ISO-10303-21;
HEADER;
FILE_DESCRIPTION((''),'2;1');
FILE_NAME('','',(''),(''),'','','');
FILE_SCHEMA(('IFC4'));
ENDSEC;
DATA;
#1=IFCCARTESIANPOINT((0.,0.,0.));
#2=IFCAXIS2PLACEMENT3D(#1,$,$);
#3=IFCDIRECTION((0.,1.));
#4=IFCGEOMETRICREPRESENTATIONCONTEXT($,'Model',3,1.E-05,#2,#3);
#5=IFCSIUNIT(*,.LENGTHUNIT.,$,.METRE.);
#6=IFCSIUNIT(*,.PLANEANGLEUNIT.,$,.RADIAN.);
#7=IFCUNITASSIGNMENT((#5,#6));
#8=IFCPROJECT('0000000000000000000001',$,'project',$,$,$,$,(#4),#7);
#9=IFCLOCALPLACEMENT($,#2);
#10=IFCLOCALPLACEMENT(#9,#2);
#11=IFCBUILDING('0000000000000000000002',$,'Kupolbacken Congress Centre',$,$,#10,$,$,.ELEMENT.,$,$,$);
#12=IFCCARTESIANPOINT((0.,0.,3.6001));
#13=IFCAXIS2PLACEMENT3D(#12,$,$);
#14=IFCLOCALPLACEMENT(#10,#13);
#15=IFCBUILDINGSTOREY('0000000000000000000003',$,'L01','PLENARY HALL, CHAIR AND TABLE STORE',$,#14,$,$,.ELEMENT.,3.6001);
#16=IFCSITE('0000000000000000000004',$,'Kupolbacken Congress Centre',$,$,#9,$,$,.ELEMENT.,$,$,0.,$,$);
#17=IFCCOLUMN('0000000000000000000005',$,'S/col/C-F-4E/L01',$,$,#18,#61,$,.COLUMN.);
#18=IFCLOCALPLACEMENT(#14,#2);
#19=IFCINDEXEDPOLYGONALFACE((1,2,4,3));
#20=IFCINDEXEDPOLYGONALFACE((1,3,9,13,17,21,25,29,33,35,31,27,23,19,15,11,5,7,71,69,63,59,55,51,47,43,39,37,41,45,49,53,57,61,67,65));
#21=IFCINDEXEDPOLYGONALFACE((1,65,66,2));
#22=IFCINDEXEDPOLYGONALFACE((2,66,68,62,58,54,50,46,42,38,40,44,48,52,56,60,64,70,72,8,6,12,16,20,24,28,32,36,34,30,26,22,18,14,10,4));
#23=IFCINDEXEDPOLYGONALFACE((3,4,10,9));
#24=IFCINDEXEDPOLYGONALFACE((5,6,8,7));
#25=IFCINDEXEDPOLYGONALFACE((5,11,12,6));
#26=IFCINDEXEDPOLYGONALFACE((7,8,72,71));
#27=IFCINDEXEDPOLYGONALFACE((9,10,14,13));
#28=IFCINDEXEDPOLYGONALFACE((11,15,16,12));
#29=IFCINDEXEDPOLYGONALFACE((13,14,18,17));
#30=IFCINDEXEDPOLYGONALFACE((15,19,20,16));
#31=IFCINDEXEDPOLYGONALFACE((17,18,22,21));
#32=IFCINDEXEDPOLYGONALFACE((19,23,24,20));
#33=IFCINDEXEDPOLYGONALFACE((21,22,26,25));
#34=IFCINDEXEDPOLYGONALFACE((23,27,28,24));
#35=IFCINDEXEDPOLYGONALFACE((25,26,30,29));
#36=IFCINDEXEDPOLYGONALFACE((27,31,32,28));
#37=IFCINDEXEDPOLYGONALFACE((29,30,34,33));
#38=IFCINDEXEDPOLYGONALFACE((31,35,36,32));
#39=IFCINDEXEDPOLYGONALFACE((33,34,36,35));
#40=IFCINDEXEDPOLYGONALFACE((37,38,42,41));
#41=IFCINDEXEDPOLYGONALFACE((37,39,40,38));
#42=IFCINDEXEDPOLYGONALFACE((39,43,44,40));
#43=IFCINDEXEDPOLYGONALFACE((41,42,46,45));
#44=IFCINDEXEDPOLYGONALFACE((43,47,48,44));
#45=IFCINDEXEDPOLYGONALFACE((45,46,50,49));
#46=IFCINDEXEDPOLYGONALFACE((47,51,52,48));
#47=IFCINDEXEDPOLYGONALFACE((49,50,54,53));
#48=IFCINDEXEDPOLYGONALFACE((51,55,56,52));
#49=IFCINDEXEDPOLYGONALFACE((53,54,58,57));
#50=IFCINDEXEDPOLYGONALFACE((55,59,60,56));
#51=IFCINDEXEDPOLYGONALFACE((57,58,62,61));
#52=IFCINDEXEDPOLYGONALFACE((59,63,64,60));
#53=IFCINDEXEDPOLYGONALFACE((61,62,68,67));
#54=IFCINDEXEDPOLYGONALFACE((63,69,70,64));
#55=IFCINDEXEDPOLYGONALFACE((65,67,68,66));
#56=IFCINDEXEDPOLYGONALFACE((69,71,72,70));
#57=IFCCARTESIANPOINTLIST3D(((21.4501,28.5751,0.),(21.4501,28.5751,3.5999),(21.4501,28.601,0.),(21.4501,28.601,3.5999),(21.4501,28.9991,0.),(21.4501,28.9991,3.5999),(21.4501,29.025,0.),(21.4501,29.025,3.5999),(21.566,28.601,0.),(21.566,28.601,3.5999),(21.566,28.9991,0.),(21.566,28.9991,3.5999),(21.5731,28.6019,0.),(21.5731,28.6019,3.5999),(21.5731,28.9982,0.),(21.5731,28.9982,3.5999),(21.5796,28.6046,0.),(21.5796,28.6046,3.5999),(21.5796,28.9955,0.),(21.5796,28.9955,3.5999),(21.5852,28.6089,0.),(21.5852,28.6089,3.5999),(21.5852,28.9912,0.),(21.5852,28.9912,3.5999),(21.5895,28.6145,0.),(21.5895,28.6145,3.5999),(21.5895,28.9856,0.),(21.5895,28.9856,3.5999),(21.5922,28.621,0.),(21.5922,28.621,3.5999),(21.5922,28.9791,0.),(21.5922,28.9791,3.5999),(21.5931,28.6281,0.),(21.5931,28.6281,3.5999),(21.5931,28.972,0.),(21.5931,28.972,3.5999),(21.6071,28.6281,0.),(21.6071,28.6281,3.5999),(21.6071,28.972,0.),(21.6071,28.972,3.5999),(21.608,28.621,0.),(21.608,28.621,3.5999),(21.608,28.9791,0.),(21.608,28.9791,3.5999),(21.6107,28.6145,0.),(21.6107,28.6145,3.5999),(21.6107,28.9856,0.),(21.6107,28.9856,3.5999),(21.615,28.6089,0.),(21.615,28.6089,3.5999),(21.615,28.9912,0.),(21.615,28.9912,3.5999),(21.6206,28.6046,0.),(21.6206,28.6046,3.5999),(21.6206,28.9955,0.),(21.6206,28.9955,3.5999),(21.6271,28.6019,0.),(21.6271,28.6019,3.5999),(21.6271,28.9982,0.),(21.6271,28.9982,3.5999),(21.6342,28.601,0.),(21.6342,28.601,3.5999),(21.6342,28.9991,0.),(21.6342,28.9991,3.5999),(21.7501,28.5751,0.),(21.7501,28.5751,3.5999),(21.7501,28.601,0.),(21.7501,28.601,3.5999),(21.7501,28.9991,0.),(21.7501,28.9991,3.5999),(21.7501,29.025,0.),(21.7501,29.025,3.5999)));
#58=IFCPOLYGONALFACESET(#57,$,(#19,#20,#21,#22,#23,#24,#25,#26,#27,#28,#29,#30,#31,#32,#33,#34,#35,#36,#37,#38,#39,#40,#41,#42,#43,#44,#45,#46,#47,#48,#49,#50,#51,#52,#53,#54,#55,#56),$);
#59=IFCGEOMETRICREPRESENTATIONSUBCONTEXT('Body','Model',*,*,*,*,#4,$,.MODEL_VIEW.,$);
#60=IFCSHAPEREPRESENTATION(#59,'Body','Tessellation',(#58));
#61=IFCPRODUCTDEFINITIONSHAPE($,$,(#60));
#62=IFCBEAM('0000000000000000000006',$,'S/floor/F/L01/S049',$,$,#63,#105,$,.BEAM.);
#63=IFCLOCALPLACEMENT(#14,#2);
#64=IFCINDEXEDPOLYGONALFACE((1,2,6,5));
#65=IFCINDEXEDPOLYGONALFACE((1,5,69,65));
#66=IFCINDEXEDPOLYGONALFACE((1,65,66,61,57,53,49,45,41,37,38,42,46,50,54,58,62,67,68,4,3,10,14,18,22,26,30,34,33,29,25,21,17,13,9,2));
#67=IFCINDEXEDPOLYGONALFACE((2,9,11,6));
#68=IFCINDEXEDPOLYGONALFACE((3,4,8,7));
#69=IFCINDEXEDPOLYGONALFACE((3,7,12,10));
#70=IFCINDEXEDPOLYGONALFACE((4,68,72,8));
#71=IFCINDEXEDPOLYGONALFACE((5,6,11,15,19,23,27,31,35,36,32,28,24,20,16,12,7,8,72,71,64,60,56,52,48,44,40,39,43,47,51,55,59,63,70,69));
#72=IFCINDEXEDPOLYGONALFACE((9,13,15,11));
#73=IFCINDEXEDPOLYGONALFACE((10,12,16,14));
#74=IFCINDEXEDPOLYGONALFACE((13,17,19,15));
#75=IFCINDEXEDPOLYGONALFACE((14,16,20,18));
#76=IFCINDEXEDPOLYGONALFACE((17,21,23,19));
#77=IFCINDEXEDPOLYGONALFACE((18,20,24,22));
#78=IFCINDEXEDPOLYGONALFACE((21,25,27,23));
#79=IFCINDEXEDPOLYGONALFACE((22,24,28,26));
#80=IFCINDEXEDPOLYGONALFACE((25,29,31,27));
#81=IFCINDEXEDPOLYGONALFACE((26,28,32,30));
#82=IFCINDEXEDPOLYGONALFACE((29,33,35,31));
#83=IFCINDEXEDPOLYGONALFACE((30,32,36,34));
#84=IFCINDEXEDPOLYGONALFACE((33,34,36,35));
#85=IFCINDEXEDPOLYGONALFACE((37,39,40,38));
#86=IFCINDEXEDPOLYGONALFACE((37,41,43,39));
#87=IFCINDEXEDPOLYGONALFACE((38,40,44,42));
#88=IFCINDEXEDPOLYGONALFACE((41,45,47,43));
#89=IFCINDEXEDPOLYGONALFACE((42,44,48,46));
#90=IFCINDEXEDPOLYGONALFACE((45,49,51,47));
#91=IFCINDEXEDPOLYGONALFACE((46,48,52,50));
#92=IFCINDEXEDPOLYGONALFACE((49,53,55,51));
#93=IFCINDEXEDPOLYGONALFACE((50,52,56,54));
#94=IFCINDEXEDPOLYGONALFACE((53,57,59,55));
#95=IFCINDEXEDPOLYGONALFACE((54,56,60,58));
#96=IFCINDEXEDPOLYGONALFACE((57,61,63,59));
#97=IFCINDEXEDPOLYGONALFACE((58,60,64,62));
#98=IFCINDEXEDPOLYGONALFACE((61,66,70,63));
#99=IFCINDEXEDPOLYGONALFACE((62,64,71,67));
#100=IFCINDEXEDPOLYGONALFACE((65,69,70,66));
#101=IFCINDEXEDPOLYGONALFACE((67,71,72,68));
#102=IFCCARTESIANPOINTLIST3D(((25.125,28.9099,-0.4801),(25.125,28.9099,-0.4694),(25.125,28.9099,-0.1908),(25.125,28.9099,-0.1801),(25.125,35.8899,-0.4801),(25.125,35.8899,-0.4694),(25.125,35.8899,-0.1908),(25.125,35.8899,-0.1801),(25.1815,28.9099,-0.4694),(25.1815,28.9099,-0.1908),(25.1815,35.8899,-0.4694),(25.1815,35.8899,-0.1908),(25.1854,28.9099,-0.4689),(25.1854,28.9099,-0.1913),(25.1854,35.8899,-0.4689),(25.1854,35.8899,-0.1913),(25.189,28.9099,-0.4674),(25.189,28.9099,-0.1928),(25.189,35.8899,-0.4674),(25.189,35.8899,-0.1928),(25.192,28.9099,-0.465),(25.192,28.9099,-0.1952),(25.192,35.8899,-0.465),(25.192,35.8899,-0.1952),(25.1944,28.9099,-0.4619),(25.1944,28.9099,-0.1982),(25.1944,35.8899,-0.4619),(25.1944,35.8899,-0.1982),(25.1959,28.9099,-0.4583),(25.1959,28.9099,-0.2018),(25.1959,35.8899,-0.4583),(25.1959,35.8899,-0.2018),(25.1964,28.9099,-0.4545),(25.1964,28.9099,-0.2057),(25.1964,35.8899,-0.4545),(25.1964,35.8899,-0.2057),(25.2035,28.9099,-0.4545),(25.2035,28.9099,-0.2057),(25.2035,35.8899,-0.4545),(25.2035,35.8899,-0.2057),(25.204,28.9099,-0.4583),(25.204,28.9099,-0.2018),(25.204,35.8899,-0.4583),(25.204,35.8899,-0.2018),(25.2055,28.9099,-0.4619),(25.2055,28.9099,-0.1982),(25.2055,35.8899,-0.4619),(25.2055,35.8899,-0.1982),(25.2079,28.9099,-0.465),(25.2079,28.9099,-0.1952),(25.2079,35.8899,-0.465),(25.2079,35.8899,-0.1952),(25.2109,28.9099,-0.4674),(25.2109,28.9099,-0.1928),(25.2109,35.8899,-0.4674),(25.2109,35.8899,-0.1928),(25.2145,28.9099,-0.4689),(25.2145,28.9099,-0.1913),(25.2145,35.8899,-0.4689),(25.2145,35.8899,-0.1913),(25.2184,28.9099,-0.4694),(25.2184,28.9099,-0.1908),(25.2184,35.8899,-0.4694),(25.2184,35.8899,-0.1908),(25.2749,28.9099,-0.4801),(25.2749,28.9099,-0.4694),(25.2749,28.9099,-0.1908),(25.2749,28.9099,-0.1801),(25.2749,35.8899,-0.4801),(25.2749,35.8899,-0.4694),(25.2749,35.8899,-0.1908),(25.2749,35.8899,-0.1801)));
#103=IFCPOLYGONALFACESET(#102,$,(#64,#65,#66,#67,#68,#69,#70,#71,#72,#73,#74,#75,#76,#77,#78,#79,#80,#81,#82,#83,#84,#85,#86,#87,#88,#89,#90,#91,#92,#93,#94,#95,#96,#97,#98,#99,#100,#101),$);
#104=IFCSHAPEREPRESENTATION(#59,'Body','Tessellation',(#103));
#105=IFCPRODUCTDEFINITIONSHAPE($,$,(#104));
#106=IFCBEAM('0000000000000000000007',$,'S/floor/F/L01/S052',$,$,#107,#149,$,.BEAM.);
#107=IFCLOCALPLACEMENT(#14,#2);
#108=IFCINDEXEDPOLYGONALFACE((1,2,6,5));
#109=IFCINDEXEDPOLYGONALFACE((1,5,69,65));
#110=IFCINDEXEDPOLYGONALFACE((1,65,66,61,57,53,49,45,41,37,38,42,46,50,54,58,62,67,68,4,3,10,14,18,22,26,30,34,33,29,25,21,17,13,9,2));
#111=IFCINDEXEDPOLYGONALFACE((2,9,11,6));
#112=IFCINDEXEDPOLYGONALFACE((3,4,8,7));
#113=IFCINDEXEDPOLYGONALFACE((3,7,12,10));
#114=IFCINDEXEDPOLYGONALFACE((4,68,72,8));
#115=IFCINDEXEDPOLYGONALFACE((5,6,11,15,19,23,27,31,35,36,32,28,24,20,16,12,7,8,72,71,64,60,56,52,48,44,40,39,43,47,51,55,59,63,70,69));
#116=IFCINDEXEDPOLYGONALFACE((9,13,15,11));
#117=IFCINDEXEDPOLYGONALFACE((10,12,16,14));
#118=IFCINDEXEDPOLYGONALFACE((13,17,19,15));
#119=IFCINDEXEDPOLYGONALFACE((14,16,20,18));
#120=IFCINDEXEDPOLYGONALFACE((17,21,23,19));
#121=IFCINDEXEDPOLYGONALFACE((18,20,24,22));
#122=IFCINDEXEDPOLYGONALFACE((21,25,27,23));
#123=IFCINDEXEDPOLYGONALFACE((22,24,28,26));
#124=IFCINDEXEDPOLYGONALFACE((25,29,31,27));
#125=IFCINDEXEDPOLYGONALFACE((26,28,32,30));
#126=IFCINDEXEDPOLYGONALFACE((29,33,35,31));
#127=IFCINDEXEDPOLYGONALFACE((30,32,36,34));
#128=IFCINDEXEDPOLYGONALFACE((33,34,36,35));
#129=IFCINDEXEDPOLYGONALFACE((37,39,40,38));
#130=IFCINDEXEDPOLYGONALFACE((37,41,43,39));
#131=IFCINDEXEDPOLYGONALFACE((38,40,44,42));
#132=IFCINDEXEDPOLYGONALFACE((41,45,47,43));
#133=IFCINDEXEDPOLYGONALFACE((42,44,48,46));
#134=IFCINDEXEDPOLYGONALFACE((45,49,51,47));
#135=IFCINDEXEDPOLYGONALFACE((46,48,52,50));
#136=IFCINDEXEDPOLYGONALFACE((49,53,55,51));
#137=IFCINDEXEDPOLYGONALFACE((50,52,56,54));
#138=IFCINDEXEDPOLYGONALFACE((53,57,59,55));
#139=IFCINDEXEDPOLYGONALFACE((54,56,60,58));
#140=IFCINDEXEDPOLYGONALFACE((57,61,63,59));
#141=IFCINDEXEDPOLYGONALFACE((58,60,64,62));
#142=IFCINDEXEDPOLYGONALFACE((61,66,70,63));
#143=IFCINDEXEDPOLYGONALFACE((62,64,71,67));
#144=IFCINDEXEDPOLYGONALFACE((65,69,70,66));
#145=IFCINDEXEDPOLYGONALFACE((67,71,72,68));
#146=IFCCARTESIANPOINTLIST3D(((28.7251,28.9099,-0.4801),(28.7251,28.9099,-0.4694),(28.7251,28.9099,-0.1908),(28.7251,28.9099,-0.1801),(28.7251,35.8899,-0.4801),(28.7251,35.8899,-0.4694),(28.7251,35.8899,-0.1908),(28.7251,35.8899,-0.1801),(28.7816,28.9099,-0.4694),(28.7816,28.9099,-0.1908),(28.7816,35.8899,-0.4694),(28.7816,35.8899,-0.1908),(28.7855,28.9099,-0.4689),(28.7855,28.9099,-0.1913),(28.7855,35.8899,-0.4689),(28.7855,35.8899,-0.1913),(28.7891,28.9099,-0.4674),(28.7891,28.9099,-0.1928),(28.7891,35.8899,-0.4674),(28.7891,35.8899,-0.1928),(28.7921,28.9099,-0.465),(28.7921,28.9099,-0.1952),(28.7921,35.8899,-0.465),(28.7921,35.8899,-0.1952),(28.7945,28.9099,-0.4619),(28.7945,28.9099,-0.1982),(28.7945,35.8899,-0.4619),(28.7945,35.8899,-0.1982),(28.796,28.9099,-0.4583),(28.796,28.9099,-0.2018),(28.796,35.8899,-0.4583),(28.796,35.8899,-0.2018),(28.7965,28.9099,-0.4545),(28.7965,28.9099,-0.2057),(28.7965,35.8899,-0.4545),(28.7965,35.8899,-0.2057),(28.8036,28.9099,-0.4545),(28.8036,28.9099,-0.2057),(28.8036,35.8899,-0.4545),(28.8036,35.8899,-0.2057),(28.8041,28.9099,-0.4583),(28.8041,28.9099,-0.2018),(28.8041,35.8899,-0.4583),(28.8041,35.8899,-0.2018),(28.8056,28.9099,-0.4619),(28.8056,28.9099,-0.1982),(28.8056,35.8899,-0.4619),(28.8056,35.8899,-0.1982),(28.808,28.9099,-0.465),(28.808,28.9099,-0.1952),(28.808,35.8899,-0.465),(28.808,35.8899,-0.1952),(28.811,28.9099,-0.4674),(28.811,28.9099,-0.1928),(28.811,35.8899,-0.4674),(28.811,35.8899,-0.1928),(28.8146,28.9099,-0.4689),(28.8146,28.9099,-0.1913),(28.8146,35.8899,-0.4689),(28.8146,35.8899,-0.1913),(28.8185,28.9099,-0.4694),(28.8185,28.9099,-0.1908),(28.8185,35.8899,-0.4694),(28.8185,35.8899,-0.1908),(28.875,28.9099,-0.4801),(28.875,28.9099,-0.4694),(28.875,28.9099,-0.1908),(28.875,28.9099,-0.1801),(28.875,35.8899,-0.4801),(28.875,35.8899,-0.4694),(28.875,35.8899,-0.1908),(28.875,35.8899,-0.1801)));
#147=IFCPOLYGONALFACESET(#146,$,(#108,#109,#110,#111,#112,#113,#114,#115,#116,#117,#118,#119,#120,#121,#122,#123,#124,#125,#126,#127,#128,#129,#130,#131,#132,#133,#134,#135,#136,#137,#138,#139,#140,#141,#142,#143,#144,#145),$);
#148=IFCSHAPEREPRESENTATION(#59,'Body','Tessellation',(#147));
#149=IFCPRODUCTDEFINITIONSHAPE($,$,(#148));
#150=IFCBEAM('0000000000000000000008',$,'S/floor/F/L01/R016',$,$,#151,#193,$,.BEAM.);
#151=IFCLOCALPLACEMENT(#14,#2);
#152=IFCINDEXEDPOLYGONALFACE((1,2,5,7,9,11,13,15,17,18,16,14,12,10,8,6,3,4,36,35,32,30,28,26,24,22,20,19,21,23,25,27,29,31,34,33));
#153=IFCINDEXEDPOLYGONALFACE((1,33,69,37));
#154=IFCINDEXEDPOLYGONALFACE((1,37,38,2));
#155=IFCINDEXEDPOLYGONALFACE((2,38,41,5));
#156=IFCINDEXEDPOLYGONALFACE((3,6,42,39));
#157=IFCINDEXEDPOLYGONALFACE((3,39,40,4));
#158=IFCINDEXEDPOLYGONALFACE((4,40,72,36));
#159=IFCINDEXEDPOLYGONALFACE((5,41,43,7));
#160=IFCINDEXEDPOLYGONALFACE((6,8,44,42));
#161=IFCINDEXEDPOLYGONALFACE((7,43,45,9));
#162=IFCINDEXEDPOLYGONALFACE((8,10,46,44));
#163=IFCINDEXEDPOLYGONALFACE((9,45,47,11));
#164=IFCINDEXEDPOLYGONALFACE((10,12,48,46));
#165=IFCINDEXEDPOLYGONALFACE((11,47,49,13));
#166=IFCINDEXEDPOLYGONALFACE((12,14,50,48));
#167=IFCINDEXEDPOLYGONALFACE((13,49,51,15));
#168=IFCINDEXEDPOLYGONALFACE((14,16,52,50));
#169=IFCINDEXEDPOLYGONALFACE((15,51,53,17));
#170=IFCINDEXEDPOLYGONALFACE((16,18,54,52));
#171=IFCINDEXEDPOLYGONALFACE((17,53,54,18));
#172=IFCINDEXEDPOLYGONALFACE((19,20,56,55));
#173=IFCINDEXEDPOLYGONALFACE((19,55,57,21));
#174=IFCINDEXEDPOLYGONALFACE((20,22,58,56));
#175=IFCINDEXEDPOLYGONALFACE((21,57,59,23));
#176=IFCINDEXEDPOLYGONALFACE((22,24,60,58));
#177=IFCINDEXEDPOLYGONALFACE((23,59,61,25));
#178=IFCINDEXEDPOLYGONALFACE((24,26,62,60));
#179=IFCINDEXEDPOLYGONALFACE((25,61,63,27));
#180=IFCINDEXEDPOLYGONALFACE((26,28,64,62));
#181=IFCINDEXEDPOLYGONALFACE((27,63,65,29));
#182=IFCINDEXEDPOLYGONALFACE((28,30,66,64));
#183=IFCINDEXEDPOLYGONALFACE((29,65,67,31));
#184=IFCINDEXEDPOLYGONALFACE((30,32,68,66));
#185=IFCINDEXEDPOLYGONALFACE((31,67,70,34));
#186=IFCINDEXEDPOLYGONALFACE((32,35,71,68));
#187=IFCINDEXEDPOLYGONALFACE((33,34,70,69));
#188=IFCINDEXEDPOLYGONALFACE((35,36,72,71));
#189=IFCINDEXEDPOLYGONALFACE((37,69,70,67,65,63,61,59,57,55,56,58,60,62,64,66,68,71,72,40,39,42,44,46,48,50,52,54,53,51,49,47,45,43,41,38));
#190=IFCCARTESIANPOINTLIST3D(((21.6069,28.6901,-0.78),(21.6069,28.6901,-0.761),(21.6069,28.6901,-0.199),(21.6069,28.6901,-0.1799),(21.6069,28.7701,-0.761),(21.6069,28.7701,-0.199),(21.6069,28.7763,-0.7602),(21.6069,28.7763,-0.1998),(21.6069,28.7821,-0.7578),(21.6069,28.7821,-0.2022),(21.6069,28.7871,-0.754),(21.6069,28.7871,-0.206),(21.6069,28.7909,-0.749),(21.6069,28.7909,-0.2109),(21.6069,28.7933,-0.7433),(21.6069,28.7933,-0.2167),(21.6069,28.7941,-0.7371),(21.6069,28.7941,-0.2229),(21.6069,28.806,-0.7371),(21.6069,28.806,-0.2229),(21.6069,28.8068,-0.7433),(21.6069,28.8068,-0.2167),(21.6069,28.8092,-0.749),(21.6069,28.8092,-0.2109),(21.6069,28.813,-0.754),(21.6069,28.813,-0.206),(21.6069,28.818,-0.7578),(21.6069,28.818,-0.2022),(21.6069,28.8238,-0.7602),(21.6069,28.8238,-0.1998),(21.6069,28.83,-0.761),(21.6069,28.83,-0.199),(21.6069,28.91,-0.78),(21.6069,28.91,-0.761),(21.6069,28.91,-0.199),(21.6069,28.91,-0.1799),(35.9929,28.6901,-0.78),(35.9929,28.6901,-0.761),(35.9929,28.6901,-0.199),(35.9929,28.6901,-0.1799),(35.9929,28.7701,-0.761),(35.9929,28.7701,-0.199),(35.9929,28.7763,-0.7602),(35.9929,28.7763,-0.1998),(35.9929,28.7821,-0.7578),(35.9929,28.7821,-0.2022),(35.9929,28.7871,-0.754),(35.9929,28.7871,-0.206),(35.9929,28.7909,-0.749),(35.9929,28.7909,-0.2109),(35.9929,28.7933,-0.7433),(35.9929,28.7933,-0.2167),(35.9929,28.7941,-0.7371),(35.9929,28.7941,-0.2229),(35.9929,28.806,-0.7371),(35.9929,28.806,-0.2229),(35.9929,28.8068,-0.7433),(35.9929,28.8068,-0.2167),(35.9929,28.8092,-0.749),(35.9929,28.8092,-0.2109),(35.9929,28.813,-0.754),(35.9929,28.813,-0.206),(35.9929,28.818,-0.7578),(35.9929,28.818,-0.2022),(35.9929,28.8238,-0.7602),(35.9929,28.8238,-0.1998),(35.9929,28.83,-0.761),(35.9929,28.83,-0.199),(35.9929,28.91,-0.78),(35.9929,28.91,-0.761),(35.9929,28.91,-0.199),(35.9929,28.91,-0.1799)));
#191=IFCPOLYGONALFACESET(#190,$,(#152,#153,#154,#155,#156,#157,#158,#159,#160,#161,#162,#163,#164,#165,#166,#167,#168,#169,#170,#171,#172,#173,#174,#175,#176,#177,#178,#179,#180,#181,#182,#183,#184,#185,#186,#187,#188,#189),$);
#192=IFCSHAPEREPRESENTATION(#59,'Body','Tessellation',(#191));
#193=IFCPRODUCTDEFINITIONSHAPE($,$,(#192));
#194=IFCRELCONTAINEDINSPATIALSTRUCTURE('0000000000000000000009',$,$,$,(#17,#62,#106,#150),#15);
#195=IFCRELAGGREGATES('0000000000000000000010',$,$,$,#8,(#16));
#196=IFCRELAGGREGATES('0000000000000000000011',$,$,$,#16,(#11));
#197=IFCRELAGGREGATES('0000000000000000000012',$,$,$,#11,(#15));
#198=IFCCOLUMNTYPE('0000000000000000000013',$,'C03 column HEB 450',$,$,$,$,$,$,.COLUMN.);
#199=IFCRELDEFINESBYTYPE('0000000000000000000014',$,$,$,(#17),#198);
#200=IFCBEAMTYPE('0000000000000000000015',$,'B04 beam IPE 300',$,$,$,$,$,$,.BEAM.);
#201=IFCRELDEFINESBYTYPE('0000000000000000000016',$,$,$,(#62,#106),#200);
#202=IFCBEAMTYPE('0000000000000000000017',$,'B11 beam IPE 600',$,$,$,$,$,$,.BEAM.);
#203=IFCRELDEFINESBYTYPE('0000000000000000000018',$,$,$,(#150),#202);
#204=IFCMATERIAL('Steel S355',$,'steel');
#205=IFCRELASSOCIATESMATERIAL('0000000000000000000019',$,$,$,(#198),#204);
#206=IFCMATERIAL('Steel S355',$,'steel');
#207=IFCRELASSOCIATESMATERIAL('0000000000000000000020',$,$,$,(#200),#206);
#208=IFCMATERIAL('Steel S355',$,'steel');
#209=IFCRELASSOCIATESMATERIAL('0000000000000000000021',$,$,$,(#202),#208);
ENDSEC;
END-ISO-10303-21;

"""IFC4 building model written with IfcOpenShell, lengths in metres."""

from ifc_helpers import new_model, si_unit, direction, frame, origin, origin_2d, place, context, subcontext, project, spatial, i_section, extrude, material, material_profile, profile_set, type_object, element, save


model = new_model("IFC4")

# Units and contexts
model_context = context("Model", 3, precision=1e-05, world=origin(), true_north=direction((0.0, 1.0)))
body_context = subcontext(model_context, "Body", "Model", "MODEL_VIEW")
ifc_project = project(units=[si_unit("LENGTHUNIT", "METRE"), si_unit("PLANEANGLEUNIT", "RADIAN")], contexts=[model_context])

# Site, building, storey
site_placement = place(None, origin())
site = spatial("IfcSite", under=ifc_project, at=site_placement, Name="Kupolbacken Congress Centre", CompositionType="ELEMENT", RefElevation=0.0)
building_placement = place(site_placement, origin())
building = spatial("IfcBuilding", under=site, at=building_placement, Name="Kupolbacken Congress Centre", CompositionType="ELEMENT")
storey_placement = place(building_placement, frame((0.0, 0.0, 3.6001)))
storey = spatial("IfcBuildingStorey", under=building, at=storey_placement, Name="L01", Description="PLENARY HALL, CHAIR AND TABLE STORE", CompositionType="ELEMENT", Elevation=3.6001)

# Column
ifc_material_1 = material(Name="Steel S355", Category="steel")
ifc_material_profile_1 = material_profile(ifc_material_1, i_section(OverallWidth=0.3, OverallDepth=0.45, WebThickness=0.0139, FlangeThickness=0.0259, FilletRadius=0.0271, at=origin_2d()), Name="HEB 450")
ifc_profile_set_1 = profile_set([ifc_material_profile_1], Name="Steel S355")
column_type = type_object("IfcColumnType", Name="C03 column HEB 450", PredefinedType="COLUMN", material=ifc_profile_set_1)
column_placement = place(storey_placement, frame((21.6001, 28.8, 0.0), z_axis=(0.0, 0.0, 1.0), x_axis=(1.0, 0.0, 0.0)))
element("IfcColumn", 1, at=column_placement, inside=storey, type_object=column_type, Name="S/col/C-F-4E/L01", PredefinedType="COLUMN", context=body_context, shape_type="SweptSolid", body=[
    extrude(i_section(OverallWidth=0.3, OverallDepth=0.45, WebThickness=0.0139, FlangeThickness=0.0259, FilletRadius=0.0271, at=origin_2d()), origin(), (0.0, 0.0, 1.0), 3.5999),
])

# Beams
ifc_material_2 = material(Name="Steel S355", Category="steel")
ifc_material_profile_2 = material_profile(ifc_material_2, i_section(OverallWidth=0.1499, OverallDepth=0.3, WebThickness=0.0071, FlangeThickness=0.0107, FilletRadius=0.0149, at=origin_2d()), Name="IPE 300")
ifc_profile_set_2 = profile_set([ifc_material_profile_2], Name="Steel S355")
beam_type_1 = type_object("IfcBeamType", Name="B04 beam IPE 300", PredefinedType="BEAM", material=ifc_profile_set_2)
for number, where, z_axis, x_axis, name in (
    (2, (25.2, 28.9099, -0.3301), (0.0, 1.0, 0.0), (-1.0, 0.0, 0.0), "S/floor/F/L01/S049"),
    (3, (28.8, 28.9099, -0.3301), (0.0, 1.0, 0.0), (-1.0, 0.0, 0.0), "S/floor/F/L01/S052"),
):
    element("IfcBeam", number, at=place(storey_placement, frame(where, z_axis=z_axis, x_axis=x_axis)), inside=storey, type_object=beam_type_1, Name=name, PredefinedType="BEAM", context=body_context, shape_type="SweptSolid", body=[
        extrude(i_section(OverallWidth=0.1499, OverallDepth=0.3, WebThickness=0.0071, FlangeThickness=0.0107, FilletRadius=0.0149, at=origin_2d()), origin(), (0.0, 0.0, 1.0), 6.98),
    ])
ifc_material_3 = material(Name="Steel S355", Category="steel")
ifc_material_profile_3 = material_profile(ifc_material_3, i_section(OverallWidth=0.22, OverallDepth=0.6001, WebThickness=0.012, FlangeThickness=0.019, FilletRadius=0.0239, at=origin_2d()), Name="IPE 600")
ifc_profile_set_3 = profile_set([ifc_material_profile_3], Name="Steel S355")
beam_type_2 = type_object("IfcBeamType", Name="B11 beam IPE 600", PredefinedType="BEAM", material=ifc_profile_set_3)
beam_1_placement = place(storey_placement, frame((21.6069, 28.8, -0.48), z_axis=(1.0, 0.0, 0.0), x_axis=(0.0, 1.0, 0.0)))
element("IfcBeam", 4, at=beam_1_placement, inside=storey, type_object=beam_type_2, Name="S/floor/F/L01/R016", PredefinedType="BEAM", context=body_context, shape_type="SweptSolid", body=[
    extrude(i_section(OverallWidth=0.22, OverallDepth=0.6001, WebThickness=0.012, FlangeThickness=0.019, FilletRadius=0.0239, at=origin_2d()), origin(), (0.0, 0.0, 1.0), 14.386),
])

save(model, "model.ifc")
